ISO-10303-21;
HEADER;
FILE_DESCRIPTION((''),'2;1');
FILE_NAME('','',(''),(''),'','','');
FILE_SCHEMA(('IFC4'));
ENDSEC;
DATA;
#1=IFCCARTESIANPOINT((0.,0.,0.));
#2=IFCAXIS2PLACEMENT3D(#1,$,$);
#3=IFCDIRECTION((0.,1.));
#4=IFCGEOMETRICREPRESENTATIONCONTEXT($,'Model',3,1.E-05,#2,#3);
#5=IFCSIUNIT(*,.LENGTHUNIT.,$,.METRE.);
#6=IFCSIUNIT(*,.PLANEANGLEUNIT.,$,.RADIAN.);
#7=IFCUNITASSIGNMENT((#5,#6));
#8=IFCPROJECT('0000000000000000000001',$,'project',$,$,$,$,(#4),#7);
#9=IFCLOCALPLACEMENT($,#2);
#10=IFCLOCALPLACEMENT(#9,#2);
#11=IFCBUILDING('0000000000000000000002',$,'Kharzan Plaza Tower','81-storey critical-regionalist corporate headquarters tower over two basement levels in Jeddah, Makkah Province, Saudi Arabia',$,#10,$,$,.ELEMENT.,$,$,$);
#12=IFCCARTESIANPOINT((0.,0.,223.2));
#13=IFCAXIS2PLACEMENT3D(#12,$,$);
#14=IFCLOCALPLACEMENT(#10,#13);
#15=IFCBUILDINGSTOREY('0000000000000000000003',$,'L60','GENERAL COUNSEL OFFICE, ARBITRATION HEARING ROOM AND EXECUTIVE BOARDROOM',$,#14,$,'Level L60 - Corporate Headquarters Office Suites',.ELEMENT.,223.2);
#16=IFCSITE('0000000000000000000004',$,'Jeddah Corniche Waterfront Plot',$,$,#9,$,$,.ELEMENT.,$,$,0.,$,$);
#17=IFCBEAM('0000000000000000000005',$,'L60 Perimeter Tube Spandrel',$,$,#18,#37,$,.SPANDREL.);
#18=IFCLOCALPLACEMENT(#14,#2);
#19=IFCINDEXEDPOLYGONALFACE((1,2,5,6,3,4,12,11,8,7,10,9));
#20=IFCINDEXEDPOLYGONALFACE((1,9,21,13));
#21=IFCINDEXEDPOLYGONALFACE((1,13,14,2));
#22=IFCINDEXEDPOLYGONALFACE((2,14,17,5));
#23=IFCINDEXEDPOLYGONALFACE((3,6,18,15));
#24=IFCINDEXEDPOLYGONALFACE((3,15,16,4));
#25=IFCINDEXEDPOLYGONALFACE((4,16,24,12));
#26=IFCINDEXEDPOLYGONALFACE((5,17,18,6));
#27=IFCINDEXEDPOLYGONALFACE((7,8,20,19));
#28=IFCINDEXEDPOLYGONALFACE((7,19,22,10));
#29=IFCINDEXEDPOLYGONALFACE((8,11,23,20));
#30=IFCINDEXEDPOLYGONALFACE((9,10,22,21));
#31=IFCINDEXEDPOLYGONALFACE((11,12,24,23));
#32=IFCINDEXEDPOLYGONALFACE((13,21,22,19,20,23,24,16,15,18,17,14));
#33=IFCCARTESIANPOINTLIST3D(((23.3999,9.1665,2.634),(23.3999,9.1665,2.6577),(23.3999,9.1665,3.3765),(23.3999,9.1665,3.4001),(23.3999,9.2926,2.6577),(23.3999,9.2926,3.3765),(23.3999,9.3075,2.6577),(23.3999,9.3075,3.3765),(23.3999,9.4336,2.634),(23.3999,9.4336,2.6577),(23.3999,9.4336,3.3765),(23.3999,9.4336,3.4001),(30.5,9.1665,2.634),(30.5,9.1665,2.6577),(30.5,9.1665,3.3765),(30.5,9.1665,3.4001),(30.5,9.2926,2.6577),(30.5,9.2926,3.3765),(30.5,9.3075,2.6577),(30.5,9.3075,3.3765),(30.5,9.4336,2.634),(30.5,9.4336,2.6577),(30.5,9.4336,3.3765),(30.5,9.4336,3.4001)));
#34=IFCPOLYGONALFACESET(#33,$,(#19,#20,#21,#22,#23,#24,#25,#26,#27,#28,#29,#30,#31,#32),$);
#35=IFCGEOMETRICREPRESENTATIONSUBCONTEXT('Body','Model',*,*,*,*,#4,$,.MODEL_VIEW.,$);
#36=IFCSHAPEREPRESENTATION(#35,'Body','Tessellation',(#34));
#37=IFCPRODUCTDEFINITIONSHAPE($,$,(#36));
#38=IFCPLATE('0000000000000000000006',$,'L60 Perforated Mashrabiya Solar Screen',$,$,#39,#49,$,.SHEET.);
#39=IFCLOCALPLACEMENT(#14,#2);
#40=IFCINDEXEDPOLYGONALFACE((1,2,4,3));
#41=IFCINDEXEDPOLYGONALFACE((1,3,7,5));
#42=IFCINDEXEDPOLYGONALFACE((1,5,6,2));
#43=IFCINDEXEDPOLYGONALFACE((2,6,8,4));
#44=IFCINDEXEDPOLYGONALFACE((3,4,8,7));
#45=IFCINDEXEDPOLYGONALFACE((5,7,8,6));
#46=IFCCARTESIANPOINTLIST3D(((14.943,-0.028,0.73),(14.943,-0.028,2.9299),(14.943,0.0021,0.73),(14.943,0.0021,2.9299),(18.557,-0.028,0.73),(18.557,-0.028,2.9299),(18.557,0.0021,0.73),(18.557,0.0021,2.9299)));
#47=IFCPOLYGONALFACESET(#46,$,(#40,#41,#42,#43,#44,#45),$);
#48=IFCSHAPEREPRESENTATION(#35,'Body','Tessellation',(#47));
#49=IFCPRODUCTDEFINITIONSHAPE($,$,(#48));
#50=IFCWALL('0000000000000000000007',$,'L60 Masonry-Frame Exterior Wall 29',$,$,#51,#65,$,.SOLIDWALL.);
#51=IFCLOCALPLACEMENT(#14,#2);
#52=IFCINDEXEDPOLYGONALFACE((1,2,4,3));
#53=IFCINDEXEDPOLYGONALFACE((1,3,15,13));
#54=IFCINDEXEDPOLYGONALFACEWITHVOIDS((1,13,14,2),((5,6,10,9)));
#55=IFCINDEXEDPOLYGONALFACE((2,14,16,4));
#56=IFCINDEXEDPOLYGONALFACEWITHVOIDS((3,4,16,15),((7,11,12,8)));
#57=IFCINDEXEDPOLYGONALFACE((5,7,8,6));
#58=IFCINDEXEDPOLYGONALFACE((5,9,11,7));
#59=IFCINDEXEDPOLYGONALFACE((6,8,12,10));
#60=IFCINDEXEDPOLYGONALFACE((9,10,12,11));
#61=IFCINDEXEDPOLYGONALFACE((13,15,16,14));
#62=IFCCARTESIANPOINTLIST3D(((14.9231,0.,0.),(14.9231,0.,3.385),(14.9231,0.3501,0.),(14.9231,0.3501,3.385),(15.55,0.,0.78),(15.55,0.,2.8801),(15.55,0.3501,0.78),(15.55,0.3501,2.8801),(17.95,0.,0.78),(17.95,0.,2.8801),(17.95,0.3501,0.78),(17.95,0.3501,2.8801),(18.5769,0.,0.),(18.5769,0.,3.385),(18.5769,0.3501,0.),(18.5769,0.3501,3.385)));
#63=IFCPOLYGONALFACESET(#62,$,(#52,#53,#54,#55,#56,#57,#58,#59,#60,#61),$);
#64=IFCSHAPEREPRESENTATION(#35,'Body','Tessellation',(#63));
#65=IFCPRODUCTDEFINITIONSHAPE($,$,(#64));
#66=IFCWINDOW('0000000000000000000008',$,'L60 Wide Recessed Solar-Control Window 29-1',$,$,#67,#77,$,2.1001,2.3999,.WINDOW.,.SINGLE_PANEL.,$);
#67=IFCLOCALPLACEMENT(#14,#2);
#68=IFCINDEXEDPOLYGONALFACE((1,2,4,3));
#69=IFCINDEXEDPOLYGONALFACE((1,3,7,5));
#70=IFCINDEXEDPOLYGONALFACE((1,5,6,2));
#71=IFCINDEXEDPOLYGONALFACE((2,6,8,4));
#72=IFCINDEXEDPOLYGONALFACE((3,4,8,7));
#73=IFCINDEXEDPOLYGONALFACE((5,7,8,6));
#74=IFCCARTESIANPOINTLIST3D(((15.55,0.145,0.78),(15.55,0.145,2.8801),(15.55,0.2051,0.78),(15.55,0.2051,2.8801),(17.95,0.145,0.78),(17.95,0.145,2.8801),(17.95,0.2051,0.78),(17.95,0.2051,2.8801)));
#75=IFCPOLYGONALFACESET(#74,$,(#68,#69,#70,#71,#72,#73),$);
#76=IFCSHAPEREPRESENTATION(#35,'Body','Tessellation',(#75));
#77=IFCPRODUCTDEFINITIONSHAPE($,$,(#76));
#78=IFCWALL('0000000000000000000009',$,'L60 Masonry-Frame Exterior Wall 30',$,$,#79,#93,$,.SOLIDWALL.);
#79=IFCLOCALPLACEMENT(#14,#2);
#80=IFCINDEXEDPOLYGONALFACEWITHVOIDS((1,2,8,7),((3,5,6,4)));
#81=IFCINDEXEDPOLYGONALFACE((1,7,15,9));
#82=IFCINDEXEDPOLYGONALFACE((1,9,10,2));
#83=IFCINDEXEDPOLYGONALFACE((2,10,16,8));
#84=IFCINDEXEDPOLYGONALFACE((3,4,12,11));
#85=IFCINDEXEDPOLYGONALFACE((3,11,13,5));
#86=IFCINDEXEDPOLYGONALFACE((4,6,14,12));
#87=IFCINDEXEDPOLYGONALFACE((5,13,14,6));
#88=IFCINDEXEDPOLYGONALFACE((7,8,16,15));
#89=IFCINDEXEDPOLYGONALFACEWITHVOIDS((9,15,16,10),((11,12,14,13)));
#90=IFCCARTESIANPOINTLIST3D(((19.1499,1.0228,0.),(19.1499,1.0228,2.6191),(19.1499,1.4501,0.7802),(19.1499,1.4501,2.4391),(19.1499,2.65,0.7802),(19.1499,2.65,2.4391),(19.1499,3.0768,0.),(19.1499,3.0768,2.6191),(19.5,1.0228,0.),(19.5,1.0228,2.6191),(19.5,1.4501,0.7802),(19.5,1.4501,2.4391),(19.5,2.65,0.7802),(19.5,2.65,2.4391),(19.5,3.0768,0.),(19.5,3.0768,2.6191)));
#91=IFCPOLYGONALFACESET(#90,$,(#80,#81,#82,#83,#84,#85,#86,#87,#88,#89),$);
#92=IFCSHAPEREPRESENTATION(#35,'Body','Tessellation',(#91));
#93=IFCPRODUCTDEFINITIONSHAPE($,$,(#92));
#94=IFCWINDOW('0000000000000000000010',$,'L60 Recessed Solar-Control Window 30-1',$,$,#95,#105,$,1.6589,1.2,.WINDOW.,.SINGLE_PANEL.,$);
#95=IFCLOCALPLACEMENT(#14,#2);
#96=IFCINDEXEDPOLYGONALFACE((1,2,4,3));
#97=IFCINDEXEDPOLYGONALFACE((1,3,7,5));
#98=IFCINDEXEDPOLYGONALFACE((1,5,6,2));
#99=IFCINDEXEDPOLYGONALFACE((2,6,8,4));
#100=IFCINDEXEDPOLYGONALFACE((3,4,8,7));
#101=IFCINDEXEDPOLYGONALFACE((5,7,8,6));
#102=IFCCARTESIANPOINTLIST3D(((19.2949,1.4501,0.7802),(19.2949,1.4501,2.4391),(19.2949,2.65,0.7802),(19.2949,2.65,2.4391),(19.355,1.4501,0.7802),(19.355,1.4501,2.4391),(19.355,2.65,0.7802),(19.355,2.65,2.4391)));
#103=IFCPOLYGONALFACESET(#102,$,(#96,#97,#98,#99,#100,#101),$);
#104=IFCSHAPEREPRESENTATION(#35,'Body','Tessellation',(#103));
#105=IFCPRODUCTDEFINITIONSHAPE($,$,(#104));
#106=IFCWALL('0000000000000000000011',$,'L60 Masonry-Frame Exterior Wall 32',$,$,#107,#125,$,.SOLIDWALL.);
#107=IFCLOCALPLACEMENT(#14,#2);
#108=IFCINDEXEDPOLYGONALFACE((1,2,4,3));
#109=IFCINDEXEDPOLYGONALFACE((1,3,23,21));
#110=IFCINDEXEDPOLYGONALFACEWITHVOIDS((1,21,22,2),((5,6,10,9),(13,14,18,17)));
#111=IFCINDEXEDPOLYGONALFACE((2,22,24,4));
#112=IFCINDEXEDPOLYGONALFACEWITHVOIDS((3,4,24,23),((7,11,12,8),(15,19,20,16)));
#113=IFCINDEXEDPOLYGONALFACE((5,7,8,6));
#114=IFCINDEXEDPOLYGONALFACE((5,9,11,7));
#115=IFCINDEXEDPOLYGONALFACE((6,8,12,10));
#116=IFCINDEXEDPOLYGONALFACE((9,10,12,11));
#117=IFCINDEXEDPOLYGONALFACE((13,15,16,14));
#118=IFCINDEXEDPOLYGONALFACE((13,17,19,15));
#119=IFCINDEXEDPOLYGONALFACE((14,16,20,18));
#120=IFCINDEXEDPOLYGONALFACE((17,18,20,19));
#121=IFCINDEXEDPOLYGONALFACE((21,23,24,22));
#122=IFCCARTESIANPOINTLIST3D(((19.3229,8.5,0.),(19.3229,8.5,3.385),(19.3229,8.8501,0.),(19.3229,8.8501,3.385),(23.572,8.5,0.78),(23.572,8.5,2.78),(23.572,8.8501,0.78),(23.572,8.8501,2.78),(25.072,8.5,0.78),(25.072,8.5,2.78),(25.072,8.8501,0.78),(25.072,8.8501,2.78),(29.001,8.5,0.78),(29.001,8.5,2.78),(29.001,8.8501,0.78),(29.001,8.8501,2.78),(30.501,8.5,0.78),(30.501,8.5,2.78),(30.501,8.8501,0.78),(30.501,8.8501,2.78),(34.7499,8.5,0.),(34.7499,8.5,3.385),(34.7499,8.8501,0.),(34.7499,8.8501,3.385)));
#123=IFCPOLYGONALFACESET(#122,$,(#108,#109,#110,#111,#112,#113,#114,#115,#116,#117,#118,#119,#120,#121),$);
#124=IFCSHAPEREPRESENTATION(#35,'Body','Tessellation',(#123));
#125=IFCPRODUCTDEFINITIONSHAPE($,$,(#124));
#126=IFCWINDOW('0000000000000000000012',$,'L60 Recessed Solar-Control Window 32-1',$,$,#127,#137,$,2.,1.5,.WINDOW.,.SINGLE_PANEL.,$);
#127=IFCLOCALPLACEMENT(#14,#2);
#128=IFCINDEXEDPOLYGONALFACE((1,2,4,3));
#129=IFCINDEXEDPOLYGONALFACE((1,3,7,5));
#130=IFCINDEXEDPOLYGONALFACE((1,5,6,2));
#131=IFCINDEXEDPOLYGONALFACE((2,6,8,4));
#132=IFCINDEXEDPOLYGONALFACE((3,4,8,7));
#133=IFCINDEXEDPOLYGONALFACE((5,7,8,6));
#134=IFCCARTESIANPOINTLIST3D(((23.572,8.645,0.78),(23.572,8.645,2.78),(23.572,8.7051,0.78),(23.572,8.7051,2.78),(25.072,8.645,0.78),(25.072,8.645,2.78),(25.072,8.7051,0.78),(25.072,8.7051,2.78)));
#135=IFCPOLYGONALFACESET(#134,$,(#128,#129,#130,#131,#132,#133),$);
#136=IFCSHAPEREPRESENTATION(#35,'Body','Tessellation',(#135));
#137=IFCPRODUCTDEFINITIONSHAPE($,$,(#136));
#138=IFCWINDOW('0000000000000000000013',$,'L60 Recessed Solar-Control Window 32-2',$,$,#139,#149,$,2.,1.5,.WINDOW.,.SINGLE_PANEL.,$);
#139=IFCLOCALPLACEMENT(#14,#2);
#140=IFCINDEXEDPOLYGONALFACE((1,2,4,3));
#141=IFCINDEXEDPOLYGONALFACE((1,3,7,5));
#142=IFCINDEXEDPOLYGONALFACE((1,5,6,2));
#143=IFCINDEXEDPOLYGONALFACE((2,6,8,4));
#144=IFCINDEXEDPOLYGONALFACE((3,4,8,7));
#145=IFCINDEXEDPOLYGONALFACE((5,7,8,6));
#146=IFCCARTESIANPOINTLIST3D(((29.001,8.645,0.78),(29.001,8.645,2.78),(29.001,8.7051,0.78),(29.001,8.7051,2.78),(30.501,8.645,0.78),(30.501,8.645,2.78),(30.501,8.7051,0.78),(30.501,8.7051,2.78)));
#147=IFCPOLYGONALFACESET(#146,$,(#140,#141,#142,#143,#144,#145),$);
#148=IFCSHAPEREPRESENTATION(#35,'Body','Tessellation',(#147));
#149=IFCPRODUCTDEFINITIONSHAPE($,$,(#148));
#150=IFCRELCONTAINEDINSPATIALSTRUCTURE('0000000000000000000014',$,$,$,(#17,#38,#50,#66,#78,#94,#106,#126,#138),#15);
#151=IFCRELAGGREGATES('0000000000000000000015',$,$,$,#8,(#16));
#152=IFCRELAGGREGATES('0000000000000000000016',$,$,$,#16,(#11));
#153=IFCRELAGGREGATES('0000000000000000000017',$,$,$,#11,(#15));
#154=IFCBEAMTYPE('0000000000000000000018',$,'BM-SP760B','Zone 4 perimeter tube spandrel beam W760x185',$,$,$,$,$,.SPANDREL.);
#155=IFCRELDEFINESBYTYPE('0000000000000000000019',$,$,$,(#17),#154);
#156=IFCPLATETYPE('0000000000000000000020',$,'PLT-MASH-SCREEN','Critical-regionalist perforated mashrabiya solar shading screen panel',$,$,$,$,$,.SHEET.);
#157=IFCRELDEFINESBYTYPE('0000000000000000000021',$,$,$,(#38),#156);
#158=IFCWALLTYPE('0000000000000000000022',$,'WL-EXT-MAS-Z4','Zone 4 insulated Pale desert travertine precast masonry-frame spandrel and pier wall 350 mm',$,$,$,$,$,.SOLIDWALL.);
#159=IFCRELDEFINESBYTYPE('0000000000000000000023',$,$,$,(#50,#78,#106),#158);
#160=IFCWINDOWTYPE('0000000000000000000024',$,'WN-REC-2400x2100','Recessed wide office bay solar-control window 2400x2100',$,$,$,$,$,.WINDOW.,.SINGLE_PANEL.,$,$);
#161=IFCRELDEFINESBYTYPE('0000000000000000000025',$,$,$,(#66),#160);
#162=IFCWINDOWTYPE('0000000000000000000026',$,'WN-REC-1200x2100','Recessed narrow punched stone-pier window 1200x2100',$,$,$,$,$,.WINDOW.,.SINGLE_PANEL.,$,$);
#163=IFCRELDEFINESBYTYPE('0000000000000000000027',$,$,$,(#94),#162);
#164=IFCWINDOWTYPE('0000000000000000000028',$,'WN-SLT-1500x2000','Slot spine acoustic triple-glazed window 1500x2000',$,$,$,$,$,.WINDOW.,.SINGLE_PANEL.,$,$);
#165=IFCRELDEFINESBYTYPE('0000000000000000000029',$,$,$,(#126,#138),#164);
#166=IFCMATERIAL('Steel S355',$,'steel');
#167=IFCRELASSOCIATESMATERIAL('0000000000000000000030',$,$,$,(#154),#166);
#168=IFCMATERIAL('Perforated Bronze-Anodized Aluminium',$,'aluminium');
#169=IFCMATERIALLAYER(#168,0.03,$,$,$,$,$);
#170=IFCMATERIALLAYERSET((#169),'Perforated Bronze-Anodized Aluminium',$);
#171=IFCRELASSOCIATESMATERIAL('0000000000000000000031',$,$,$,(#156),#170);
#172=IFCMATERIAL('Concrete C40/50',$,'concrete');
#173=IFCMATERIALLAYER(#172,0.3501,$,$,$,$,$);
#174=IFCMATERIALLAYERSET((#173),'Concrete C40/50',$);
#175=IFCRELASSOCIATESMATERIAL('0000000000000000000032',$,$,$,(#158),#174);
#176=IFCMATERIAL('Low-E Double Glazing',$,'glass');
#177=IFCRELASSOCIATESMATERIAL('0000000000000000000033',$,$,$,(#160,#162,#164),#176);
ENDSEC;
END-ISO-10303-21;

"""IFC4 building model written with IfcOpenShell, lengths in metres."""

from ifc_helpers import new_model, si_unit, direction, frame, frame_2d, origin, origin_2d, place, context, subcontext, project, spatial, rectangle, i_section, extrude, source, transform, mapped, material, layer, layer_set, material_profile, profile_set, type_object, element, fill, save


model = new_model("IFC4")

# Units and contexts
model_context = context("Model", 3, precision=1e-05, world=origin(), true_north=direction((0.0, 1.0)))
body_context = subcontext(model_context, "Body", "Model", "MODEL_VIEW")
ifc_project = project(units=[si_unit("LENGTHUNIT", "METRE"), si_unit("PLANEANGLEUNIT", "RADIAN")], contexts=[model_context])

# Site, building, storey
site_placement = place(None, origin())
site = spatial("IfcSite", under=ifc_project, at=site_placement, Name="Jeddah Corniche Waterfront Plot", CompositionType="ELEMENT", RefElevation=0.0)
building_placement = place(site_placement, origin())
building = spatial("IfcBuilding", under=site, at=building_placement, Name="Kharzan Plaza Tower", Description="81-storey critical-regionalist corporate headquarters tower over two basement levels in Jeddah, Makkah Province, Saudi Arabia", CompositionType="ELEMENT")
storey_placement = place(building_placement, frame((0.0, 0.0, 223.2)))
storey = spatial("IfcBuildingStorey", under=building, at=storey_placement, Name="L60", Description="GENERAL COUNSEL OFFICE, ARBITRATION HEARING ROOM AND EXECUTIVE BOARDROOM", LongName="Level L60 - Corporate Headquarters Office Suites", CompositionType="ELEMENT", Elevation=223.2)

# Beam
ifc_material_1 = material(Name="Steel S355", Category="steel")
ifc_material_profile_1 = material_profile(ifc_material_1, i_section(OverallWidth=0.2671, OverallDepth=0.7661, WebThickness=0.0149, FlangeThickness=0.0237, at=origin_2d()), Name="W760x185")
ifc_profile_set_1 = profile_set([ifc_material_profile_1], Name="Steel S355")
beam_type_1 = type_object("IfcBeamType", Name="BM-SP760B", Description="Zone 4 perimeter tube spandrel beam W760x185", PredefinedType="SPANDREL", material=ifc_profile_set_1)
shared_shape_1 = source(origin(), body_context, "Body", "SweptSolid", [
    extrude(i_section(OverallWidth=0.2671, OverallDepth=0.7661, WebThickness=0.0149, FlangeThickness=0.0237, at=origin_2d()), origin(), (0.0, 0.0, 1.0), 7.1001),
])
beam_1_placement = place(storey_placement, frame((23.3999, 9.3, 3.0171), z_axis=(1.0, 0.0, 0.0), x_axis=(0.0, 1.0, 0.0)))
element("IfcBeam", 1, at=beam_1_placement, inside=storey, type_object=beam_type_1, Name="L60 Perimeter Tube Spandrel", PredefinedType="SPANDREL", context=body_context, shape_type="MappedRepresentation", body=[
    mapped(shared_shape_1, transform((0.0, 0.0, 0.0), x_axis=(1.0, 0.0, 0.0), y_axis=(0.0, 1.0, 0.0), z_axis=(0.0, 0.0, 1.0))),
])

# Plate
ifc_material_2 = material(Name="Perforated Bronze-Anodized Aluminium", Category="aluminium")
ifc_layer_1 = layer(ifc_material_2, 0.03)
ifc_layer_set_1 = layer_set([ifc_layer_1], Name="Perforated Bronze-Anodized Aluminium")
plate_type = type_object("IfcPlateType", Name="PLT-MASH-SCREEN", Description="Critical-regionalist perforated mashrabiya solar shading screen panel", PredefinedType="SHEET", material=ifc_layer_set_1)
shared_shape_2 = source(origin(), body_context, "Body", "SweptSolid", [
    extrude(rectangle(XDim=3.614, YDim=0.03, at=origin_2d()), origin(), (0.0, 0.0, 1.0), 2.2),
])
plate_placement = place(storey_placement, frame((16.75, -0.0129, 0.73), z_axis=(0.0, 0.0, 1.0), x_axis=(1.0, 0.0, 0.0)))
element("IfcPlate", 2, at=plate_placement, inside=storey, type_object=plate_type, Name="L60 Perforated Mashrabiya Solar Screen", PredefinedType="SHEET", context=body_context, shape_type="MappedRepresentation", body=[
    mapped(shared_shape_2, transform((0.0, 0.0, 0.0), x_axis=(1.0, 0.0, 0.0), y_axis=(0.0, 1.0, 0.0), z_axis=(0.0, 0.0, 1.0))),
])

# Walls, openings, windows
ifc_material_3 = material(Name="Concrete C40/50", Category="concrete")
ifc_layer_2 = layer(ifc_material_3, 0.3501)
ifc_layer_set_2 = layer_set([ifc_layer_2], Name="Concrete C40/50")
wall_type_1 = type_object("IfcWallType", Name="WL-EXT-MAS-Z4", Description="Zone 4 insulated Pale desert travertine precast masonry-frame spandrel and pier wall 350 mm", PredefinedType="SOLIDWALL", material=ifc_layer_set_2)
wall_1_placement = place(storey_placement, frame((14.9231, 0.175, 0.0), z_axis=(0.0, 0.0, 1.0), x_axis=(1.0, 0.0, 0.0)))
wall_1 = element("IfcWall", 3, at=wall_1_placement, inside=storey, type_object=wall_type_1, Name="L60 Masonry-Frame Exterior Wall 29", PredefinedType="SOLIDWALL", context=body_context, shape_type="SweptSolid", body=[
    extrude(rectangle(XDim=3.6538, YDim=0.3501, at=frame_2d((1.8269, 0.0))), origin(), (0.0, 0.0, 1.0), 3.385),
])
opening_1_placement = place(wall_1_placement, frame((0.627, 0.0, 0.78)))
opening_1 = element("IfcOpeningElement", 4, at=opening_1_placement, cuts=wall_1, PredefinedType="OPENING", context=body_context, shape_type="SweptSolid", body=[
    extrude(rectangle(XDim=2.3999, YDim=2.1001, at=frame_2d((1.2, 1.05))), frame((0.0, 0.1851, 0.0), z_axis=(0.0, -1.0, 0.0), x_axis=(1.0, 0.0, 0.0)), (0.0, 0.0, 1.0), 0.3701),
])
ifc_material_4 = material(Name="Low-E Double Glazing", Category="glass")
window_type_1 = type_object("IfcWindowType", Name="WN-REC-2400x2100", Description="Recessed wide office bay solar-control window 2400x2100", PartitioningType="SINGLE_PANEL", PredefinedType="WINDOW", material=ifc_material_4)
shared_shape_3 = source(origin(), body_context, "Body", "SweptSolid", [
    extrude(rectangle(XDim=2.3999, YDim=2.1001, at=frame_2d((1.2, 1.05))), frame((0.0, 0.03, 0.0), z_axis=(0.0, -1.0, 0.0), x_axis=(1.0, 0.0, 0.0)), (0.0, 0.0, 1.0), 0.0601),
])
window_1_placement = place(opening_1_placement, origin())
window_1 = element("IfcWindow", 5, at=window_1_placement, inside=storey, type_object=window_type_1, Name="L60 Wide Recessed Solar-Control Window 29-1", OverallHeight=2.1001, OverallWidth=2.3999, PartitioningType="SINGLE_PANEL", PredefinedType="WINDOW", context=body_context, shape_type="MappedRepresentation", body=[
    mapped(shared_shape_3, transform((0.0, 0.0, 0.0), x_axis=(1.0, 0.0, 0.0), y_axis=(0.0, 1.0, 0.0), z_axis=(0.0, 0.0, 1.0))),
])
fill(opening_1, window_1)
wall_2_placement = place(storey_placement, frame((19.325, 1.0229, 0.0), z_axis=(0.0, 0.0, 1.0), x_axis=(0.0, 1.0, 0.0)))
wall_2 = element("IfcWall", 6, at=wall_2_placement, inside=storey, type_object=wall_type_1, Name="L60 Masonry-Frame Exterior Wall 30", PredefinedType="SOLIDWALL", context=body_context, shape_type="SweptSolid", body=[
    extrude(rectangle(XDim=2.054, YDim=0.3501, at=frame_2d((1.0269, 0.0))), origin(), (0.0, 0.0, 1.0), 2.6191),
])
opening_2_placement = place(wall_2_placement, frame((0.427, 0.0, 0.78)))
opening_2 = element("IfcOpeningElement", 7, at=opening_2_placement, cuts=wall_2, PredefinedType="OPENING", context=body_context, shape_type="SweptSolid", body=[
    extrude(rectangle(XDim=1.2, YDim=1.6589, at=frame_2d((0.6001, 0.8296))), frame((0.0, 0.1851, 0.0), z_axis=(0.0, -1.0, 0.0), x_axis=(1.0, 0.0, 0.0)), (0.0, 0.0, 1.0), 0.3701),
])
window_type_2 = type_object("IfcWindowType", Name="WN-REC-1200x2100", Description="Recessed narrow punched stone-pier window 1200x2100", PartitioningType="SINGLE_PANEL", PredefinedType="WINDOW", material=ifc_material_4)
shared_shape_4 = source(origin(), body_context, "Body", "SweptSolid", [
    extrude(rectangle(XDim=1.2, YDim=1.6589, at=frame_2d((0.6001, 0.8296))), frame((0.0, 0.03, 0.0), z_axis=(0.0, -1.0, 0.0), x_axis=(1.0, 0.0, 0.0)), (0.0, 0.0, 1.0), 0.0601),
])
window_2_placement = place(opening_2_placement, origin())
window_2 = element("IfcWindow", 8, at=window_2_placement, inside=storey, type_object=window_type_2, Name="L60 Recessed Solar-Control Window 30-1", OverallHeight=1.6589, OverallWidth=1.2, PartitioningType="SINGLE_PANEL", PredefinedType="WINDOW", context=body_context, shape_type="MappedRepresentation", body=[
    mapped(shared_shape_4, transform((0.0, 0.0, 0.0), x_axis=(1.0, 0.0, 0.0), y_axis=(0.0, 1.0, 0.0), z_axis=(0.0, 0.0, 1.0))),
])
fill(opening_2, window_2)

# Wall, openings, windows
wall_3_placement = place(storey_placement, frame((19.323, 8.675, 0.0), z_axis=(0.0, 0.0, 1.0), x_axis=(1.0, 0.0, 0.0)))
wall_3 = element("IfcWall", 9, at=wall_3_placement, inside=storey, type_object=wall_type_1, Name="L60 Masonry-Frame Exterior Wall 32", PredefinedType="SOLIDWALL", context=body_context, shape_type="SweptSolid", body=[
    extrude(rectangle(XDim=15.427, YDim=0.3501, at=frame_2d((7.7134, 0.0))), origin(), (0.0, 0.0, 1.0), 3.385),
])
opening_3_placement = place(wall_3_placement, frame((4.249, 0.0, 0.78)))
opening_3 = element("IfcOpeningElement", 10, at=opening_3_placement, cuts=wall_3, PredefinedType="OPENING", context=body_context, shape_type="SweptSolid", body=[
    extrude(rectangle(XDim=1.5, YDim=2.0, at=frame_2d((0.75, 1.0))), frame((0.0, 0.1851, 0.0), z_axis=(0.0, -1.0, 0.0), x_axis=(1.0, 0.0, 0.0)), (0.0, 0.0, 1.0), 0.3701),
])
opening_4_placement = place(wall_3_placement, frame((9.678, 0.0, 0.78)))
opening_4 = element("IfcOpeningElement", 11, at=opening_4_placement, cuts=wall_3, PredefinedType="OPENING", context=body_context, shape_type="SweptSolid", body=[
    extrude(rectangle(XDim=1.5, YDim=2.0, at=frame_2d((0.75, 1.0))), frame((0.0, 0.1851, 0.0), z_axis=(0.0, -1.0, 0.0), x_axis=(1.0, 0.0, 0.0)), (0.0, 0.0, 1.0), 0.3701),
])
window_type_3 = type_object("IfcWindowType", Name="WN-SLT-1500x2000", Description="Slot spine acoustic triple-glazed window 1500x2000", PartitioningType="SINGLE_PANEL", PredefinedType="WINDOW", material=ifc_material_4)
shared_shape_5 = source(origin(), body_context, "Body", "SweptSolid", [
    extrude(rectangle(XDim=1.5, YDim=2.0, at=frame_2d((0.75, 1.0))), frame((0.0, 0.03, 0.0), z_axis=(0.0, -1.0, 0.0), x_axis=(1.0, 0.0, 0.0)), (0.0, 0.0, 1.0), 0.0601),
])
window_3_placement = place(opening_3_placement, origin())
window_3 = element("IfcWindow", 12, at=window_3_placement, inside=storey, type_object=window_type_3, Name="L60 Recessed Solar-Control Window 32-1", OverallHeight=2.0, OverallWidth=1.5, PartitioningType="SINGLE_PANEL", PredefinedType="WINDOW", context=body_context, shape_type="MappedRepresentation", body=[
    mapped(shared_shape_5, transform((0.0, 0.0, 0.0), x_axis=(1.0, 0.0, 0.0), y_axis=(0.0, 1.0, 0.0), z_axis=(0.0, 0.0, 1.0))),
])
fill(opening_3, window_3)
window_4_placement = place(opening_4_placement, origin())
window_4 = element("IfcWindow", 13, at=window_4_placement, inside=storey, type_object=window_type_3, Name="L60 Recessed Solar-Control Window 32-2", OverallHeight=2.0, OverallWidth=1.5, PartitioningType="SINGLE_PANEL", PredefinedType="WINDOW", context=body_context, shape_type="MappedRepresentation", body=[
    mapped(shared_shape_5, transform((0.0, 0.0, 0.0), x_axis=(1.0, 0.0, 0.0), y_axis=(0.0, 1.0, 0.0), z_axis=(0.0, 0.0, 1.0))),
])
fill(opening_4, window_4)

save(model, "model.ifc")
